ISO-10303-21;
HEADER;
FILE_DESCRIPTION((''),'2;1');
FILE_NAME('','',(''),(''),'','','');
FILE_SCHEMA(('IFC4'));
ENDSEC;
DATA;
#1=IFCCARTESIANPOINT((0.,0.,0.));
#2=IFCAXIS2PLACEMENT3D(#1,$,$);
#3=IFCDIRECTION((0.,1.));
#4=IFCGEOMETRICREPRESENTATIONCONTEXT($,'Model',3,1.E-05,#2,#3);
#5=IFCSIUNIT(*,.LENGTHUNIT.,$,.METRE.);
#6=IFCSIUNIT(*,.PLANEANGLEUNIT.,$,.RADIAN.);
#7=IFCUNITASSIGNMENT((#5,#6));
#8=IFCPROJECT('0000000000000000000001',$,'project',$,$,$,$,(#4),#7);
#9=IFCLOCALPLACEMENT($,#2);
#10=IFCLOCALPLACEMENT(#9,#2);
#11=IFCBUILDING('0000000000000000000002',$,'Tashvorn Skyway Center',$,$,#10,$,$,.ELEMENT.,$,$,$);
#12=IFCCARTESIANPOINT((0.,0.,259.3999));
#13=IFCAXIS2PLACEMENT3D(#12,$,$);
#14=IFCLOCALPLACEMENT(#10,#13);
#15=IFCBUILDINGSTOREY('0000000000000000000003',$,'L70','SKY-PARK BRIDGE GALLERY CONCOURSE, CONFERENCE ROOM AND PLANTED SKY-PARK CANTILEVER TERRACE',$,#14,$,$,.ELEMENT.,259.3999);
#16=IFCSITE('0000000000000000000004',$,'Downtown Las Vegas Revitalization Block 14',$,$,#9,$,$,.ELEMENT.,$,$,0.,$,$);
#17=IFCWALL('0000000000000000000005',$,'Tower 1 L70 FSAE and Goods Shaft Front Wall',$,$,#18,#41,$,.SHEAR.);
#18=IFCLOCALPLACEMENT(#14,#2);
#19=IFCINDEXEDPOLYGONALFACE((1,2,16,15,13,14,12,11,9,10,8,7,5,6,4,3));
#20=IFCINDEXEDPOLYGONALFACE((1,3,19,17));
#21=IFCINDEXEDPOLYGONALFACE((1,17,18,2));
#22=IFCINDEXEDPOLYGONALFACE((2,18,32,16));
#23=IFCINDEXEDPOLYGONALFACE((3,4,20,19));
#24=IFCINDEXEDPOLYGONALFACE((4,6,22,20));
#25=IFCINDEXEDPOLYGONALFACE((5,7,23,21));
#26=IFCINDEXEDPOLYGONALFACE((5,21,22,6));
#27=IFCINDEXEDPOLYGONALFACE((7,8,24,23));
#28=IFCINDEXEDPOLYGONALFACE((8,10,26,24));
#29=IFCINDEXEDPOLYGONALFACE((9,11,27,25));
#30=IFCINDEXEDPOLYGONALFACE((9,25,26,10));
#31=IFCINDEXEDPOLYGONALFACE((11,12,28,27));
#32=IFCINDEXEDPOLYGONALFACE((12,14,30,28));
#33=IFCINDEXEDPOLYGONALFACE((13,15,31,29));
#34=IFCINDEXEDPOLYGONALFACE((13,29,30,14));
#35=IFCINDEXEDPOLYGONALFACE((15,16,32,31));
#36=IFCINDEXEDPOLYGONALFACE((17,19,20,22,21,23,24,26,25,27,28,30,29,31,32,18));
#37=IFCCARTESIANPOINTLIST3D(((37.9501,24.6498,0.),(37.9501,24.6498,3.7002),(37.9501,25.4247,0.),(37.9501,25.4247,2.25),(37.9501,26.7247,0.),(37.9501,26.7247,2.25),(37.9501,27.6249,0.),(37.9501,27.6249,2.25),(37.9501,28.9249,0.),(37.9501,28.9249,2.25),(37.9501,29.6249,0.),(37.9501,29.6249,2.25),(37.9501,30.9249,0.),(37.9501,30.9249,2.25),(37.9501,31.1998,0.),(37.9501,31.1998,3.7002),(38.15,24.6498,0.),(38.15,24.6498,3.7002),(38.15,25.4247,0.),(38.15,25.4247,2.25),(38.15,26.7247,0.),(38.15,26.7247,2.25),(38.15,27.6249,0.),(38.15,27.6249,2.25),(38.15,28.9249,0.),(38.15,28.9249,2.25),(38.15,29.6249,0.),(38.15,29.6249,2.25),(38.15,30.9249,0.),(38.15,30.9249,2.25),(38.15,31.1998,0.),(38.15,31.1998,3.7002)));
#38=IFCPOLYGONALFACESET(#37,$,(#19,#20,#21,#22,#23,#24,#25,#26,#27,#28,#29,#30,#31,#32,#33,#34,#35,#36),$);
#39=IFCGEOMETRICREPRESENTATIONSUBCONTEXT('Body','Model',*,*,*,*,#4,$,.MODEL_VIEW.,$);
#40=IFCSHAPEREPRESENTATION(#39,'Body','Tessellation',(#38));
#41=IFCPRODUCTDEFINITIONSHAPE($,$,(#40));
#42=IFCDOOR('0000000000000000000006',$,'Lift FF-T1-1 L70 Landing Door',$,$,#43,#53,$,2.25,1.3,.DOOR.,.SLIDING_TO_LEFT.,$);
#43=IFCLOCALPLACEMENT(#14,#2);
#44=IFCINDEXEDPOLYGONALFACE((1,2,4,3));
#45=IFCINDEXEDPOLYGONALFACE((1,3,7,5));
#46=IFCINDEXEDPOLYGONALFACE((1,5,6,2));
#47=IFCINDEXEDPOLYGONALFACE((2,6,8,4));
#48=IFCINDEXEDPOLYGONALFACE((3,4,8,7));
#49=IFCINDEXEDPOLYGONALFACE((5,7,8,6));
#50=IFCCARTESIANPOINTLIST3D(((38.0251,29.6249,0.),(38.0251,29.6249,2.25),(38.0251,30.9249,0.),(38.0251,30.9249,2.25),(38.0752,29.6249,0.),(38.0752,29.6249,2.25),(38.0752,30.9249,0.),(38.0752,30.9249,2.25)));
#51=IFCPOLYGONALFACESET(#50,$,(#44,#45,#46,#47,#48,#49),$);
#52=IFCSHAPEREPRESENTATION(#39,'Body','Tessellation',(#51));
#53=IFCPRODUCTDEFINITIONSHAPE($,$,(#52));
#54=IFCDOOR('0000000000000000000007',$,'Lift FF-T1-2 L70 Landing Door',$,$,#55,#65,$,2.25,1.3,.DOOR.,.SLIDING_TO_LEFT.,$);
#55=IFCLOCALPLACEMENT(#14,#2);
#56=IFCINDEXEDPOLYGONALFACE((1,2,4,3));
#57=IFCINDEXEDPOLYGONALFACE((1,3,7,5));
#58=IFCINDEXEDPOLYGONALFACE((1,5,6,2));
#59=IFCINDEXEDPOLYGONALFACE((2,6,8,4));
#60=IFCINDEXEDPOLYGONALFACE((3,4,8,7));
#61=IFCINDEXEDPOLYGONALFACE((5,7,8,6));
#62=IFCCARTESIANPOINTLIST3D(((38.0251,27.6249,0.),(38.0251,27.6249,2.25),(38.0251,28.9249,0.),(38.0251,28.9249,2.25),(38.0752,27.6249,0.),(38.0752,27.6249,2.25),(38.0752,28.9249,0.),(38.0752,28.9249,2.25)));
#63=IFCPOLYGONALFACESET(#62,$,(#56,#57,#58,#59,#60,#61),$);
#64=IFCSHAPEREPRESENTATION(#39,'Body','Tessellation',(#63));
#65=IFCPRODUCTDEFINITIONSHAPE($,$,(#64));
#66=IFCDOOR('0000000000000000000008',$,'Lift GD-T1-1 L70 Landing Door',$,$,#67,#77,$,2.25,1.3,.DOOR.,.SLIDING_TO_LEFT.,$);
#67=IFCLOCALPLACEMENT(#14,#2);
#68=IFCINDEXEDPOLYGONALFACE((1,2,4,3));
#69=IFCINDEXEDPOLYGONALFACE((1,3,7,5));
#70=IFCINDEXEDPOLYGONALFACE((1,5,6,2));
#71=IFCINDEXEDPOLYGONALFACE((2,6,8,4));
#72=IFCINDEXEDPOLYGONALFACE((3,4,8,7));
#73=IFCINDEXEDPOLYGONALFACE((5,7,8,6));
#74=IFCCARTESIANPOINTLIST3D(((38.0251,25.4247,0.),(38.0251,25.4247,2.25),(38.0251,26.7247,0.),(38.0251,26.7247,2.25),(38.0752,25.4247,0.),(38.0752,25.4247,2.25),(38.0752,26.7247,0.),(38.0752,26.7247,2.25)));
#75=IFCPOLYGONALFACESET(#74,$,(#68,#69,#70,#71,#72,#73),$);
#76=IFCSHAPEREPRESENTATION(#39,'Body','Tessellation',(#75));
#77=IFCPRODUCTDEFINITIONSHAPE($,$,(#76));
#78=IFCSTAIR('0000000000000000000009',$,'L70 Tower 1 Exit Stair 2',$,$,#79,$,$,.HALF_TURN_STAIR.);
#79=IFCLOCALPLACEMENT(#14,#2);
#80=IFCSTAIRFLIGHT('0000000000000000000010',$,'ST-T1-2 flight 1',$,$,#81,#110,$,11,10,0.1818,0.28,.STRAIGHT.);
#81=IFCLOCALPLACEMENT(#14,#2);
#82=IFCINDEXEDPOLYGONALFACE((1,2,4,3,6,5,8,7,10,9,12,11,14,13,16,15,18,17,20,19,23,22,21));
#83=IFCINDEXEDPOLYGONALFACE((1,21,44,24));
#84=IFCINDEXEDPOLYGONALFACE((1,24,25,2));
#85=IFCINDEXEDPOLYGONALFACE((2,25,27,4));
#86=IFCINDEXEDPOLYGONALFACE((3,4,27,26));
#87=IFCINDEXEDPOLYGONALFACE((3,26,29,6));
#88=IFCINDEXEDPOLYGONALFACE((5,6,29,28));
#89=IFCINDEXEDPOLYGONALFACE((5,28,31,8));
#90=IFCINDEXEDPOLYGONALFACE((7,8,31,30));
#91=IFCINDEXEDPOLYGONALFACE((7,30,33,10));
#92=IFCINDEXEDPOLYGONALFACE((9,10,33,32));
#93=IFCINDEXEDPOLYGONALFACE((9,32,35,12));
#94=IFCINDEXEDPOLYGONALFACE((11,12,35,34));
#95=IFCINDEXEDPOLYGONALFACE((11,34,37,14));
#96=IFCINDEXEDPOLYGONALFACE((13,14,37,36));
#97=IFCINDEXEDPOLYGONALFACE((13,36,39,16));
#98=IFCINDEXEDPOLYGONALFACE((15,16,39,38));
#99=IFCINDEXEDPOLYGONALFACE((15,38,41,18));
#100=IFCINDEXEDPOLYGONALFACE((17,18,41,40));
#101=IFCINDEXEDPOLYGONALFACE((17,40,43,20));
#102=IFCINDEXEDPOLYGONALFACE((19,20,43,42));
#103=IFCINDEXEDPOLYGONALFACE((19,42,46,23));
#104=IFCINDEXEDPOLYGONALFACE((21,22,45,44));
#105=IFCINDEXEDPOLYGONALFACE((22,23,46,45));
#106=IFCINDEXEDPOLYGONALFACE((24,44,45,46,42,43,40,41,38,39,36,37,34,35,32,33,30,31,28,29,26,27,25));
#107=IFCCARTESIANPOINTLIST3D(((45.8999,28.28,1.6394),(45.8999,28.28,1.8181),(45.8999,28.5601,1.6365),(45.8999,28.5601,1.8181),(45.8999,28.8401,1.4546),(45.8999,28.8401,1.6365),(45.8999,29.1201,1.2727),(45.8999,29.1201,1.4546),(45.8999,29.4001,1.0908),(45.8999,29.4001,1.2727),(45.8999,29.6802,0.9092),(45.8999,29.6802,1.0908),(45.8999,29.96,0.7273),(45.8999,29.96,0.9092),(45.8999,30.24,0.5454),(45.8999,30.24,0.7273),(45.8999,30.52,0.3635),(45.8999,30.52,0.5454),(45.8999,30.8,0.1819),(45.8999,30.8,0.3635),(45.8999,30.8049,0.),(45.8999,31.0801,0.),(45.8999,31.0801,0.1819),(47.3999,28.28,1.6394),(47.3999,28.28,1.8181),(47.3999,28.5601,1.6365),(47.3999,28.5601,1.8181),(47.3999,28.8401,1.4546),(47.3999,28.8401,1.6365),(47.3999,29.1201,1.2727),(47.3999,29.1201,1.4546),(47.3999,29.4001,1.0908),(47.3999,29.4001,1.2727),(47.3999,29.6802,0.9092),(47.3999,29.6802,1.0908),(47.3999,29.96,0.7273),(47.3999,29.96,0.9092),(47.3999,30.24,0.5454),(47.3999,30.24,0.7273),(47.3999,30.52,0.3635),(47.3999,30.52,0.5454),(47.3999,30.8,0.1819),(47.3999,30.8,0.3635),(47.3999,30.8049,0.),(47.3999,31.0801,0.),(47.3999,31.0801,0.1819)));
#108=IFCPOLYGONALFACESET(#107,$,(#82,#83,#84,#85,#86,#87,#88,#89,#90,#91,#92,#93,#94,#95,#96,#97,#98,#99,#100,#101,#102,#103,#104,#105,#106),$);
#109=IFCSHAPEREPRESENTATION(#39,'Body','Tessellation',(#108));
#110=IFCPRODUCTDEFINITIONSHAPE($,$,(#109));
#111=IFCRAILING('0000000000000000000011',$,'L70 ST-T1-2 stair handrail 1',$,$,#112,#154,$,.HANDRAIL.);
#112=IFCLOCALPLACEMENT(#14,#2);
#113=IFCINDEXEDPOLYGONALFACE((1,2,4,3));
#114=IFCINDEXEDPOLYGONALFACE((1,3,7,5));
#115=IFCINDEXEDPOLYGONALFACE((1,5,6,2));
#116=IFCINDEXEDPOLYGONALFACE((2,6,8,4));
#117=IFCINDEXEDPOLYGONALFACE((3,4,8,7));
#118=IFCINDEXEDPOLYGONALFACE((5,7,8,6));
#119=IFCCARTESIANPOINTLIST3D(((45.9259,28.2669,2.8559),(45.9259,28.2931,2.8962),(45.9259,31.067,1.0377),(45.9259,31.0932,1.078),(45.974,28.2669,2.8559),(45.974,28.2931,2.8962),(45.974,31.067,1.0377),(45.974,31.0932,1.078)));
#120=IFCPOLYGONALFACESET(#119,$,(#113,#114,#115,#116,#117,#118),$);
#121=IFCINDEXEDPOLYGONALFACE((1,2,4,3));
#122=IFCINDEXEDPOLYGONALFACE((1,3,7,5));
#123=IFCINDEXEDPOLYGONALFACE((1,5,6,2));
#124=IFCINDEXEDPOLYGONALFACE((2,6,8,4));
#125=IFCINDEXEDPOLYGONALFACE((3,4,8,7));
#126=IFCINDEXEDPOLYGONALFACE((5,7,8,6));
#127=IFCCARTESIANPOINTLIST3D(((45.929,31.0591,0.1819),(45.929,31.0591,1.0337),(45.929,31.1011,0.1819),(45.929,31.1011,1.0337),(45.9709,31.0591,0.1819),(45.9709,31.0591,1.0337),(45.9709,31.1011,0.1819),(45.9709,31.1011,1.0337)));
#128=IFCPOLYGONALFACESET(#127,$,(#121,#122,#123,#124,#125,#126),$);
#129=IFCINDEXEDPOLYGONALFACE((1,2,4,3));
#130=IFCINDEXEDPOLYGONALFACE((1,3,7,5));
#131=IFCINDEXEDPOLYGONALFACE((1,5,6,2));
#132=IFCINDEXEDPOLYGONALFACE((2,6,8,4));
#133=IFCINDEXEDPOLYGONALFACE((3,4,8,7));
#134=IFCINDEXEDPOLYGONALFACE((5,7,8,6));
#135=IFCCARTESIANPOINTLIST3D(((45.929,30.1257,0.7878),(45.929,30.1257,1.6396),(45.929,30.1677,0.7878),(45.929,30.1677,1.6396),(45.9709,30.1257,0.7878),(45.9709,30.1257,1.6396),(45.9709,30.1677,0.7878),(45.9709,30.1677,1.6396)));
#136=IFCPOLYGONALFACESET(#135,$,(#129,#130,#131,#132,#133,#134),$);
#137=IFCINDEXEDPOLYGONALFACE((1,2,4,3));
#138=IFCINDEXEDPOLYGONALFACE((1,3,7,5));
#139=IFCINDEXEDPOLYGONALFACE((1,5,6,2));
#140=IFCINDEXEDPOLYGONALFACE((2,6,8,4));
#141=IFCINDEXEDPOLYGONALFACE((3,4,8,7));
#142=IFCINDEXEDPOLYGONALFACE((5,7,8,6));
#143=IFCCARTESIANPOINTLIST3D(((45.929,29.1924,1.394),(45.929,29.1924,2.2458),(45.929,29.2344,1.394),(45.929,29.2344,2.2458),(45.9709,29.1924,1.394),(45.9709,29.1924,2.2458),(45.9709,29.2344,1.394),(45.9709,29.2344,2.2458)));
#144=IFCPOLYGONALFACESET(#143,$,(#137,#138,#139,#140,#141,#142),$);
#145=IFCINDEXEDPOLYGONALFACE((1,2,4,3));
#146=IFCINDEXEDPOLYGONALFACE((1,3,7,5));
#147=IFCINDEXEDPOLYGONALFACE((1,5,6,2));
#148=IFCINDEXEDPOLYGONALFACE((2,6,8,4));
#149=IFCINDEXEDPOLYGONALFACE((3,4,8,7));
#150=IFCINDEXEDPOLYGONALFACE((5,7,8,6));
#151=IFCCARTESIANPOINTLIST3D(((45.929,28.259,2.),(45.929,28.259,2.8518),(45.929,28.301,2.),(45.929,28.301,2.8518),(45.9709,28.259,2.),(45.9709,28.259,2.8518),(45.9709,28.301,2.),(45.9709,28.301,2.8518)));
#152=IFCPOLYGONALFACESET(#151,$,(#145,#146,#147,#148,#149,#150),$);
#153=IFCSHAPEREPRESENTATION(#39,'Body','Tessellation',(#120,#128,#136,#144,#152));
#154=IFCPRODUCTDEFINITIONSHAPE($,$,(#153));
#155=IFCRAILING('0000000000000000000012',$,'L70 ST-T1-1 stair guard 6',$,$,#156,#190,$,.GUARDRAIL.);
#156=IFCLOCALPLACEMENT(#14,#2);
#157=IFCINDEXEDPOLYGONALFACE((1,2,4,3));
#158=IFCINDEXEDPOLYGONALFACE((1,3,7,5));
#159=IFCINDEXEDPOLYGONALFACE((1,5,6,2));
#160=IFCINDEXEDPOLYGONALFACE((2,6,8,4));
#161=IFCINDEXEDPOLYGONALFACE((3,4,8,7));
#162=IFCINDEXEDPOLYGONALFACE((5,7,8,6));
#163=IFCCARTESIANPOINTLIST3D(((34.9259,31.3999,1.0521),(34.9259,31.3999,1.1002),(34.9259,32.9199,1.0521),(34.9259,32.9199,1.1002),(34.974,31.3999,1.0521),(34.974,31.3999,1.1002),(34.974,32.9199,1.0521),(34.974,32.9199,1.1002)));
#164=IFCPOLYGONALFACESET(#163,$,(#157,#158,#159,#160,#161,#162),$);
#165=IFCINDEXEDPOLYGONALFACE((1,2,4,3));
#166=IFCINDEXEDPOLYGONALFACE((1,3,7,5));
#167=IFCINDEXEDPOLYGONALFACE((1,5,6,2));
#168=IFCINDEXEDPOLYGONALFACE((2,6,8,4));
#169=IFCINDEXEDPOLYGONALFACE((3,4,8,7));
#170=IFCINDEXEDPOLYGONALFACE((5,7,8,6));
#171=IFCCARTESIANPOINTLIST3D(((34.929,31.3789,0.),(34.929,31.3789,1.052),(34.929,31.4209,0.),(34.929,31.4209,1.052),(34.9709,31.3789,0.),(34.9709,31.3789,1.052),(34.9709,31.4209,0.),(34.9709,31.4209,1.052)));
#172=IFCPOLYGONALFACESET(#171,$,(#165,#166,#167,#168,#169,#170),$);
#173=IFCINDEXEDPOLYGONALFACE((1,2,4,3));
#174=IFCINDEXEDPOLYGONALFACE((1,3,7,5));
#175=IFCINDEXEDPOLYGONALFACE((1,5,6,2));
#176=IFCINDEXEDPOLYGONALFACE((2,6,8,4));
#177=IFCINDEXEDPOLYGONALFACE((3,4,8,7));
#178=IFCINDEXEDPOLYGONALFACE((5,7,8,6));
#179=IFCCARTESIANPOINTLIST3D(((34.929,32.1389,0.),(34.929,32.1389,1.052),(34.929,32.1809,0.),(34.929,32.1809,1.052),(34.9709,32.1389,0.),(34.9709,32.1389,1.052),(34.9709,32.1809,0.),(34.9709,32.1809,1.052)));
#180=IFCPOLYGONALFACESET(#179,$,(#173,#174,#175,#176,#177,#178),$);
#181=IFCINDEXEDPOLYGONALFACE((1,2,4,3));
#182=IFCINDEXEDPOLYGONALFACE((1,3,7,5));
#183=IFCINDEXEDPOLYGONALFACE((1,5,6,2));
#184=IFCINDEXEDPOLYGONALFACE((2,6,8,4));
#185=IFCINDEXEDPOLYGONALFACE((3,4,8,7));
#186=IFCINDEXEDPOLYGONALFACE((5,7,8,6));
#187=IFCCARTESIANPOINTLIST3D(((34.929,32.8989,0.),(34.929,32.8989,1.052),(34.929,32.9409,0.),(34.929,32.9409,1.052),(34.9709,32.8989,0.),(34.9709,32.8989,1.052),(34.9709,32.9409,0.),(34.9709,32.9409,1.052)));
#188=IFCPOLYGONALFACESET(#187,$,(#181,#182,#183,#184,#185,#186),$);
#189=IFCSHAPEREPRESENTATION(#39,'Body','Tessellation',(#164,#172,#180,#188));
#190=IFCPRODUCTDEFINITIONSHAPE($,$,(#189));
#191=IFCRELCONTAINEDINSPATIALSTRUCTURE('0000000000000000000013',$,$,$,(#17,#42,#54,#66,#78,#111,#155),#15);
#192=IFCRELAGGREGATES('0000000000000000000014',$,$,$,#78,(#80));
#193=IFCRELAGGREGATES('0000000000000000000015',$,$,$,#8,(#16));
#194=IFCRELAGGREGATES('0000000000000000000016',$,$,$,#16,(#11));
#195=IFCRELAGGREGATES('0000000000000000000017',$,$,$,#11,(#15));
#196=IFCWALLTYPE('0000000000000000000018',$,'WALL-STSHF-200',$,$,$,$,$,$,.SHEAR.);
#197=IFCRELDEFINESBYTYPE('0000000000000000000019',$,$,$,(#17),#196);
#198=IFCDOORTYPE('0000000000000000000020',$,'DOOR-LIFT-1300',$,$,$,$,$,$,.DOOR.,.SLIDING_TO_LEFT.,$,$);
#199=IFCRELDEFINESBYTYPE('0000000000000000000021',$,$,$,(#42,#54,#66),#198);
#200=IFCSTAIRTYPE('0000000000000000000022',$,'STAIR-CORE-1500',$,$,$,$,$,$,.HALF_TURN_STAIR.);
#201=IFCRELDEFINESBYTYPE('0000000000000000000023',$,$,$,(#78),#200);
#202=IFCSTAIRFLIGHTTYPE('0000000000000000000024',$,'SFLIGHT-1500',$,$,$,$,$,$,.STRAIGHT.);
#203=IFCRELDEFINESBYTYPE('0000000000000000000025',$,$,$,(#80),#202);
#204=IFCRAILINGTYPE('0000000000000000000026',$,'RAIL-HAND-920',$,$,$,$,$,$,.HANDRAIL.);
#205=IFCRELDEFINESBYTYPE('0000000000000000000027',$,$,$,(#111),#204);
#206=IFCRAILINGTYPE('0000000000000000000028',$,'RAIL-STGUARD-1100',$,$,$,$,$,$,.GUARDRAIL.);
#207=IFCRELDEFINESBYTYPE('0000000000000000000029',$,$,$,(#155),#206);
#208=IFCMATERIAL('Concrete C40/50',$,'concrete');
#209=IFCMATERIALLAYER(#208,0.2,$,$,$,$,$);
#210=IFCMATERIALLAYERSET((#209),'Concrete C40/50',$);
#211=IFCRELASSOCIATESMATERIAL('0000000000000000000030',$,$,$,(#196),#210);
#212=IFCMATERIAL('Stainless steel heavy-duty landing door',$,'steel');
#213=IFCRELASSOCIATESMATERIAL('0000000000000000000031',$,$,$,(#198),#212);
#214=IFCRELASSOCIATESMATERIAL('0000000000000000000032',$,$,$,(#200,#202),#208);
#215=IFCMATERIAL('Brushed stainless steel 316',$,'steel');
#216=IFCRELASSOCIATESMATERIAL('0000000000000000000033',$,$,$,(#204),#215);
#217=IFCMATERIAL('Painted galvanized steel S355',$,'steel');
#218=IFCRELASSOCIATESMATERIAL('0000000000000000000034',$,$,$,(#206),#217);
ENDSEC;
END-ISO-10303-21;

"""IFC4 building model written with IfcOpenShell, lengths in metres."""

from ifc_helpers import new_model, si_unit, direction, frame, frame_2d, origin, origin_2d, place, context, subcontext, project, spatial, polyline, rectangle, outline, extrude, material, layer, layer_set, type_object, element, fill, aggregate, save


model = new_model("IFC4")

# Units and contexts
model_context = context("Model", 3, precision=1e-05, world=origin(), true_north=direction((0.0, 1.0)))
body_context = subcontext(model_context, "Body", "Model", "MODEL_VIEW")
ifc_project = project(units=[si_unit("LENGTHUNIT", "METRE"), si_unit("PLANEANGLEUNIT", "RADIAN")], contexts=[model_context])

# Site, building, storey
site_placement = place(None, origin())
site = spatial("IfcSite", under=ifc_project, at=site_placement, Name="Downtown Las Vegas Revitalization Block 14", CompositionType="ELEMENT", RefElevation=0.0)
building_placement = place(site_placement, origin())
building = spatial("IfcBuilding", under=site, at=building_placement, Name="Tashvorn Skyway Center", CompositionType="ELEMENT")
storey_placement = place(building_placement, frame((0.0, 0.0, 259.3999)))
storey = spatial("IfcBuildingStorey", under=building, at=storey_placement, Name="L70", Description="SKY-PARK BRIDGE GALLERY CONCOURSE, CONFERENCE ROOM AND PLANTED SKY-PARK CANTILEVER TERRACE", CompositionType="ELEMENT", Elevation=259.3999)

# Shared definitions
ifc_material_1 = material(Name="Concrete C40/50", Category="concrete")

# Shared definitions
ifc_layer_1 = layer(ifc_material_1, 0.2)
ifc_layer_set_1 = layer_set([ifc_layer_1], Name="Concrete C40/50")
wall_type_1 = type_object("IfcWallType", Name="WALL-STSHF-200", PredefinedType="SHEAR", material=ifc_layer_set_1)

# Wall, openings, doors
wall_1_placement = place(storey_placement, frame((38.05, 24.6499, 0.0), z_axis=(0.0, 0.0, 1.0), x_axis=(0.0, 1.0, 0.0)))
wall_1 = element("IfcWall", 1, at=wall_1_placement, inside=storey, type_object=wall_type_1, Name="Tower 1 L70 FSAE and Goods Shaft Front Wall", PredefinedType="SHEAR", context=body_context, shape_type="SweptSolid", body=[
    extrude(rectangle(XDim=6.55, YDim=0.2, at=frame_2d((3.2749, 0.0))), origin(), (0.0, 0.0, 1.0), 3.7002),
])
opening_1_placement = place(wall_1_placement, frame((4.9751, 0.0, 0.0)))
opening_1 = element("IfcOpeningElement", 2, at=opening_1_placement, cuts=wall_1, PredefinedType="OPENING", context=body_context, shape_type="SweptSolid", body=[
    extrude(rectangle(XDim=1.3, YDim=2.25, at=frame_2d((0.6499, 1.125))), frame((0.0, 0.1099, 0.0), z_axis=(0.0, -1.0, 0.0), x_axis=(1.0, 0.0, 0.0)), (0.0, 0.0, 1.0), 0.22),
])
opening_2_placement = place(wall_1_placement, frame((2.9751, 0.0, 0.0)))
opening_2 = element("IfcOpeningElement", 3, at=opening_2_placement, cuts=wall_1, PredefinedType="OPENING", context=body_context, shape_type="SweptSolid", body=[
    extrude(rectangle(XDim=1.3, YDim=2.25, at=frame_2d((0.6499, 1.125))), frame((0.0, 0.1099, 0.0), z_axis=(0.0, -1.0, 0.0), x_axis=(1.0, 0.0, 0.0)), (0.0, 0.0, 1.0), 0.22),
])
opening_3_placement = place(wall_1_placement, frame((0.7749, 0.0, 0.0)))
opening_3 = element("IfcOpeningElement", 4, at=opening_3_placement, cuts=wall_1, PredefinedType="OPENING", context=body_context, shape_type="SweptSolid", body=[
    extrude(rectangle(XDim=1.3, YDim=2.25, at=frame_2d((0.6499, 1.125))), frame((0.0, 0.1099, 0.0), z_axis=(0.0, -1.0, 0.0), x_axis=(1.0, 0.0, 0.0)), (0.0, 0.0, 1.0), 0.22),
])
ifc_material_2 = material(Name="Stainless steel heavy-duty landing door", Category="steel")
door_type_1 = type_object("IfcDoorType", Name="DOOR-LIFT-1300", OperationType="SLIDING_TO_LEFT", PredefinedType="DOOR", material=ifc_material_2)
door_1_placement = place(opening_1_placement, origin())
door_1 = element("IfcDoor", 5, at=door_1_placement, inside=storey, type_object=door_type_1, Name="Lift FF-T1-1 L70 Landing Door", OperationType="SLIDING_TO_LEFT", OverallHeight=2.25, OverallWidth=1.3, PredefinedType="DOOR", context=body_context, shape_type="SweptSolid", body=[
    extrude(rectangle(XDim=1.3, YDim=2.25, at=frame_2d((0.6499, 1.125))), frame((0.0, 0.0249, 0.0), z_axis=(0.0, -1.0, 0.0), x_axis=(1.0, 0.0, 0.0)), (0.0, 0.0, 1.0), 0.05),
])
fill(opening_1, door_1)
door_2_placement = place(opening_2_placement, origin())
door_2 = element("IfcDoor", 6, at=door_2_placement, inside=storey, type_object=door_type_1, Name="Lift FF-T1-2 L70 Landing Door", OperationType="SLIDING_TO_LEFT", OverallHeight=2.25, OverallWidth=1.3, PredefinedType="DOOR", context=body_context, shape_type="SweptSolid", body=[
    extrude(rectangle(XDim=1.3, YDim=2.25, at=frame_2d((0.6499, 1.125))), frame((0.0, 0.0249, 0.0), z_axis=(0.0, -1.0, 0.0), x_axis=(1.0, 0.0, 0.0)), (0.0, 0.0, 1.0), 0.05),
])
fill(opening_2, door_2)
door_3_placement = place(opening_3_placement, origin())
door_3 = element("IfcDoor", 7, at=door_3_placement, inside=storey, type_object=door_type_1, Name="Lift GD-T1-1 L70 Landing Door", OperationType="SLIDING_TO_LEFT", OverallHeight=2.25, OverallWidth=1.3, PredefinedType="DOOR", context=body_context, shape_type="SweptSolid", body=[
    extrude(rectangle(XDim=1.3, YDim=2.25, at=frame_2d((0.6499, 1.125))), frame((0.0, 0.0249, 0.0), z_axis=(0.0, -1.0, 0.0), x_axis=(1.0, 0.0, 0.0)), (0.0, 0.0, 1.0), 0.05),
])
fill(opening_3, door_3)

# Stair, stair flight
stair_type = type_object("IfcStairType", Name="STAIR-CORE-1500", PredefinedType="HALF_TURN_STAIR", material=ifc_material_1)
stair_placement = place(storey_placement, origin())
stair = element("IfcStair", 8, at=stair_placement, inside=storey, type_object=stair_type, Name="L70 Tower 1 Exit Stair 2", PredefinedType="HALF_TURN_STAIR")
stair_flight_type = type_object("IfcStairFlightType", Name="SFLIGHT-1500", PredefinedType="STRAIGHT", material=ifc_material_1)
stair_flight_placement = place(storey_placement, frame((46.6499, 31.0801, 0.0), z_axis=(0.0, 0.0, 1.0), x_axis=(0.0, -1.0, 0.0)))
stair_flight = element("IfcStairFlight", 9, at=stair_flight_placement, type_object=stair_flight_type, Name="ST-T1-2 flight 1", NumberOfRisers=11, NumberOfTreads=10, PredefinedType="STRAIGHT", RiserHeight=0.1818, TreadLength=0.28, context=body_context, shape_type="SweptSolid", body=[
    extrude(outline(polyline([(0.0, 0.0), (0.0, 0.1819), (0.28, 0.1819), (0.28, 0.3635), (0.5601, 0.3635), (0.5601, 0.5454), (0.8401, 0.5454), (0.8401, 0.7273), (1.1201, 0.7273), (1.1201, 0.9092), (1.3999, 0.9092), (1.3999, 1.0908), (1.6799, 1.0908), (1.6799, 1.2727), (1.96, 1.2727), (1.96, 1.4546), (2.24, 1.4546), (2.24, 1.6365), (2.52, 1.6365), (2.52, 1.8181), (2.8, 1.8181), (2.8, 2.0), (2.8, 1.6394), (0.2751, 0.0), (0.0, 0.0)])), frame((0.0, 0.75, 0.0), z_axis=(0.0, -1.0, 0.0), x_axis=(1.0, 0.0, 0.0)), (0.0, 0.0, 1.0), 1.5),
])
aggregate(stair, [stair_flight])

# Railings
ifc_material_3 = material(Name="Brushed stainless steel 316", Category="steel")
railing_type_1 = type_object("IfcRailingType", Name="RAIL-HAND-920", PredefinedType="HANDRAIL", material=ifc_material_3)
railing_1_placement = place(storey_placement, frame((45.95, 31.0801, 0.1819)))
element("IfcRailing", 10, at=railing_1_placement, inside=storey, type_object=railing_type_1, Name="L70 ST-T1-2 stair handrail 1", PredefinedType="HANDRAIL", context=body_context, shape_type="SweptSolid", body=[
    extrude(rectangle(XDim=0.0481, YDim=0.0481, at=origin_2d()), frame((0.0, 0.0, 0.876), z_axis=(0.0, -0.838706, 0.544585), x_axis=(1.0, 0.0, 0.0)), (0.0, 0.0, 1.0), 3.3386),
    extrude(rectangle(XDim=0.042, YDim=0.042, at=origin_2d()), origin(), (0.0, 0.0, 1.0), 0.8518),
    extrude(rectangle(XDim=0.042, YDim=0.042, at=origin_2d()), frame((0.0, -0.9333, 0.606)), (0.0, 0.0, 1.0), 0.8518),
    extrude(rectangle(XDim=0.042, YDim=0.042, at=origin_2d()), frame((0.0, -1.8667, 1.2122)), (0.0, 0.0, 1.0), 0.8518),
    extrude(rectangle(XDim=0.042, YDim=0.042, at=origin_2d()), frame((0.0, -2.8, 1.8181)), (0.0, 0.0, 1.0), 0.8518),
])
ifc_material_4 = material(Name="Painted galvanized steel S355", Category="steel")
railing_type_2 = type_object("IfcRailingType", Name="RAIL-STGUARD-1100", PredefinedType="GUARDRAIL", material=ifc_material_4)
railing_2_placement = place(storey_placement, frame((34.95, 31.3999, 0.0)))
element("IfcRailing", 11, at=railing_2_placement, inside=storey, type_object=railing_type_2, Name="L70 ST-T1-1 stair guard 6", PredefinedType="GUARDRAIL", context=body_context, shape_type="SweptSolid", body=[
    extrude(rectangle(XDim=0.0481, YDim=0.0481, at=origin_2d()), frame((0.0, 0.0, 1.0762), z_axis=(0.0, 1.0, 0.0), x_axis=(-1.0, 0.0, 0.0)), (0.0, 0.0, 1.0), 1.52),
    extrude(rectangle(XDim=0.042, YDim=0.042, at=origin_2d()), origin(), (0.0, 0.0, 1.0), 1.052),
    extrude(rectangle(XDim=0.042, YDim=0.042, at=origin_2d()), frame((0.0, 0.76, 0.0)), (0.0, 0.0, 1.0), 1.052),
    extrude(rectangle(XDim=0.042, YDim=0.042, at=origin_2d()), frame((0.0, 1.52, 0.0)), (0.0, 0.0, 1.0), 1.052),
])

save(model, "model.ifc")
